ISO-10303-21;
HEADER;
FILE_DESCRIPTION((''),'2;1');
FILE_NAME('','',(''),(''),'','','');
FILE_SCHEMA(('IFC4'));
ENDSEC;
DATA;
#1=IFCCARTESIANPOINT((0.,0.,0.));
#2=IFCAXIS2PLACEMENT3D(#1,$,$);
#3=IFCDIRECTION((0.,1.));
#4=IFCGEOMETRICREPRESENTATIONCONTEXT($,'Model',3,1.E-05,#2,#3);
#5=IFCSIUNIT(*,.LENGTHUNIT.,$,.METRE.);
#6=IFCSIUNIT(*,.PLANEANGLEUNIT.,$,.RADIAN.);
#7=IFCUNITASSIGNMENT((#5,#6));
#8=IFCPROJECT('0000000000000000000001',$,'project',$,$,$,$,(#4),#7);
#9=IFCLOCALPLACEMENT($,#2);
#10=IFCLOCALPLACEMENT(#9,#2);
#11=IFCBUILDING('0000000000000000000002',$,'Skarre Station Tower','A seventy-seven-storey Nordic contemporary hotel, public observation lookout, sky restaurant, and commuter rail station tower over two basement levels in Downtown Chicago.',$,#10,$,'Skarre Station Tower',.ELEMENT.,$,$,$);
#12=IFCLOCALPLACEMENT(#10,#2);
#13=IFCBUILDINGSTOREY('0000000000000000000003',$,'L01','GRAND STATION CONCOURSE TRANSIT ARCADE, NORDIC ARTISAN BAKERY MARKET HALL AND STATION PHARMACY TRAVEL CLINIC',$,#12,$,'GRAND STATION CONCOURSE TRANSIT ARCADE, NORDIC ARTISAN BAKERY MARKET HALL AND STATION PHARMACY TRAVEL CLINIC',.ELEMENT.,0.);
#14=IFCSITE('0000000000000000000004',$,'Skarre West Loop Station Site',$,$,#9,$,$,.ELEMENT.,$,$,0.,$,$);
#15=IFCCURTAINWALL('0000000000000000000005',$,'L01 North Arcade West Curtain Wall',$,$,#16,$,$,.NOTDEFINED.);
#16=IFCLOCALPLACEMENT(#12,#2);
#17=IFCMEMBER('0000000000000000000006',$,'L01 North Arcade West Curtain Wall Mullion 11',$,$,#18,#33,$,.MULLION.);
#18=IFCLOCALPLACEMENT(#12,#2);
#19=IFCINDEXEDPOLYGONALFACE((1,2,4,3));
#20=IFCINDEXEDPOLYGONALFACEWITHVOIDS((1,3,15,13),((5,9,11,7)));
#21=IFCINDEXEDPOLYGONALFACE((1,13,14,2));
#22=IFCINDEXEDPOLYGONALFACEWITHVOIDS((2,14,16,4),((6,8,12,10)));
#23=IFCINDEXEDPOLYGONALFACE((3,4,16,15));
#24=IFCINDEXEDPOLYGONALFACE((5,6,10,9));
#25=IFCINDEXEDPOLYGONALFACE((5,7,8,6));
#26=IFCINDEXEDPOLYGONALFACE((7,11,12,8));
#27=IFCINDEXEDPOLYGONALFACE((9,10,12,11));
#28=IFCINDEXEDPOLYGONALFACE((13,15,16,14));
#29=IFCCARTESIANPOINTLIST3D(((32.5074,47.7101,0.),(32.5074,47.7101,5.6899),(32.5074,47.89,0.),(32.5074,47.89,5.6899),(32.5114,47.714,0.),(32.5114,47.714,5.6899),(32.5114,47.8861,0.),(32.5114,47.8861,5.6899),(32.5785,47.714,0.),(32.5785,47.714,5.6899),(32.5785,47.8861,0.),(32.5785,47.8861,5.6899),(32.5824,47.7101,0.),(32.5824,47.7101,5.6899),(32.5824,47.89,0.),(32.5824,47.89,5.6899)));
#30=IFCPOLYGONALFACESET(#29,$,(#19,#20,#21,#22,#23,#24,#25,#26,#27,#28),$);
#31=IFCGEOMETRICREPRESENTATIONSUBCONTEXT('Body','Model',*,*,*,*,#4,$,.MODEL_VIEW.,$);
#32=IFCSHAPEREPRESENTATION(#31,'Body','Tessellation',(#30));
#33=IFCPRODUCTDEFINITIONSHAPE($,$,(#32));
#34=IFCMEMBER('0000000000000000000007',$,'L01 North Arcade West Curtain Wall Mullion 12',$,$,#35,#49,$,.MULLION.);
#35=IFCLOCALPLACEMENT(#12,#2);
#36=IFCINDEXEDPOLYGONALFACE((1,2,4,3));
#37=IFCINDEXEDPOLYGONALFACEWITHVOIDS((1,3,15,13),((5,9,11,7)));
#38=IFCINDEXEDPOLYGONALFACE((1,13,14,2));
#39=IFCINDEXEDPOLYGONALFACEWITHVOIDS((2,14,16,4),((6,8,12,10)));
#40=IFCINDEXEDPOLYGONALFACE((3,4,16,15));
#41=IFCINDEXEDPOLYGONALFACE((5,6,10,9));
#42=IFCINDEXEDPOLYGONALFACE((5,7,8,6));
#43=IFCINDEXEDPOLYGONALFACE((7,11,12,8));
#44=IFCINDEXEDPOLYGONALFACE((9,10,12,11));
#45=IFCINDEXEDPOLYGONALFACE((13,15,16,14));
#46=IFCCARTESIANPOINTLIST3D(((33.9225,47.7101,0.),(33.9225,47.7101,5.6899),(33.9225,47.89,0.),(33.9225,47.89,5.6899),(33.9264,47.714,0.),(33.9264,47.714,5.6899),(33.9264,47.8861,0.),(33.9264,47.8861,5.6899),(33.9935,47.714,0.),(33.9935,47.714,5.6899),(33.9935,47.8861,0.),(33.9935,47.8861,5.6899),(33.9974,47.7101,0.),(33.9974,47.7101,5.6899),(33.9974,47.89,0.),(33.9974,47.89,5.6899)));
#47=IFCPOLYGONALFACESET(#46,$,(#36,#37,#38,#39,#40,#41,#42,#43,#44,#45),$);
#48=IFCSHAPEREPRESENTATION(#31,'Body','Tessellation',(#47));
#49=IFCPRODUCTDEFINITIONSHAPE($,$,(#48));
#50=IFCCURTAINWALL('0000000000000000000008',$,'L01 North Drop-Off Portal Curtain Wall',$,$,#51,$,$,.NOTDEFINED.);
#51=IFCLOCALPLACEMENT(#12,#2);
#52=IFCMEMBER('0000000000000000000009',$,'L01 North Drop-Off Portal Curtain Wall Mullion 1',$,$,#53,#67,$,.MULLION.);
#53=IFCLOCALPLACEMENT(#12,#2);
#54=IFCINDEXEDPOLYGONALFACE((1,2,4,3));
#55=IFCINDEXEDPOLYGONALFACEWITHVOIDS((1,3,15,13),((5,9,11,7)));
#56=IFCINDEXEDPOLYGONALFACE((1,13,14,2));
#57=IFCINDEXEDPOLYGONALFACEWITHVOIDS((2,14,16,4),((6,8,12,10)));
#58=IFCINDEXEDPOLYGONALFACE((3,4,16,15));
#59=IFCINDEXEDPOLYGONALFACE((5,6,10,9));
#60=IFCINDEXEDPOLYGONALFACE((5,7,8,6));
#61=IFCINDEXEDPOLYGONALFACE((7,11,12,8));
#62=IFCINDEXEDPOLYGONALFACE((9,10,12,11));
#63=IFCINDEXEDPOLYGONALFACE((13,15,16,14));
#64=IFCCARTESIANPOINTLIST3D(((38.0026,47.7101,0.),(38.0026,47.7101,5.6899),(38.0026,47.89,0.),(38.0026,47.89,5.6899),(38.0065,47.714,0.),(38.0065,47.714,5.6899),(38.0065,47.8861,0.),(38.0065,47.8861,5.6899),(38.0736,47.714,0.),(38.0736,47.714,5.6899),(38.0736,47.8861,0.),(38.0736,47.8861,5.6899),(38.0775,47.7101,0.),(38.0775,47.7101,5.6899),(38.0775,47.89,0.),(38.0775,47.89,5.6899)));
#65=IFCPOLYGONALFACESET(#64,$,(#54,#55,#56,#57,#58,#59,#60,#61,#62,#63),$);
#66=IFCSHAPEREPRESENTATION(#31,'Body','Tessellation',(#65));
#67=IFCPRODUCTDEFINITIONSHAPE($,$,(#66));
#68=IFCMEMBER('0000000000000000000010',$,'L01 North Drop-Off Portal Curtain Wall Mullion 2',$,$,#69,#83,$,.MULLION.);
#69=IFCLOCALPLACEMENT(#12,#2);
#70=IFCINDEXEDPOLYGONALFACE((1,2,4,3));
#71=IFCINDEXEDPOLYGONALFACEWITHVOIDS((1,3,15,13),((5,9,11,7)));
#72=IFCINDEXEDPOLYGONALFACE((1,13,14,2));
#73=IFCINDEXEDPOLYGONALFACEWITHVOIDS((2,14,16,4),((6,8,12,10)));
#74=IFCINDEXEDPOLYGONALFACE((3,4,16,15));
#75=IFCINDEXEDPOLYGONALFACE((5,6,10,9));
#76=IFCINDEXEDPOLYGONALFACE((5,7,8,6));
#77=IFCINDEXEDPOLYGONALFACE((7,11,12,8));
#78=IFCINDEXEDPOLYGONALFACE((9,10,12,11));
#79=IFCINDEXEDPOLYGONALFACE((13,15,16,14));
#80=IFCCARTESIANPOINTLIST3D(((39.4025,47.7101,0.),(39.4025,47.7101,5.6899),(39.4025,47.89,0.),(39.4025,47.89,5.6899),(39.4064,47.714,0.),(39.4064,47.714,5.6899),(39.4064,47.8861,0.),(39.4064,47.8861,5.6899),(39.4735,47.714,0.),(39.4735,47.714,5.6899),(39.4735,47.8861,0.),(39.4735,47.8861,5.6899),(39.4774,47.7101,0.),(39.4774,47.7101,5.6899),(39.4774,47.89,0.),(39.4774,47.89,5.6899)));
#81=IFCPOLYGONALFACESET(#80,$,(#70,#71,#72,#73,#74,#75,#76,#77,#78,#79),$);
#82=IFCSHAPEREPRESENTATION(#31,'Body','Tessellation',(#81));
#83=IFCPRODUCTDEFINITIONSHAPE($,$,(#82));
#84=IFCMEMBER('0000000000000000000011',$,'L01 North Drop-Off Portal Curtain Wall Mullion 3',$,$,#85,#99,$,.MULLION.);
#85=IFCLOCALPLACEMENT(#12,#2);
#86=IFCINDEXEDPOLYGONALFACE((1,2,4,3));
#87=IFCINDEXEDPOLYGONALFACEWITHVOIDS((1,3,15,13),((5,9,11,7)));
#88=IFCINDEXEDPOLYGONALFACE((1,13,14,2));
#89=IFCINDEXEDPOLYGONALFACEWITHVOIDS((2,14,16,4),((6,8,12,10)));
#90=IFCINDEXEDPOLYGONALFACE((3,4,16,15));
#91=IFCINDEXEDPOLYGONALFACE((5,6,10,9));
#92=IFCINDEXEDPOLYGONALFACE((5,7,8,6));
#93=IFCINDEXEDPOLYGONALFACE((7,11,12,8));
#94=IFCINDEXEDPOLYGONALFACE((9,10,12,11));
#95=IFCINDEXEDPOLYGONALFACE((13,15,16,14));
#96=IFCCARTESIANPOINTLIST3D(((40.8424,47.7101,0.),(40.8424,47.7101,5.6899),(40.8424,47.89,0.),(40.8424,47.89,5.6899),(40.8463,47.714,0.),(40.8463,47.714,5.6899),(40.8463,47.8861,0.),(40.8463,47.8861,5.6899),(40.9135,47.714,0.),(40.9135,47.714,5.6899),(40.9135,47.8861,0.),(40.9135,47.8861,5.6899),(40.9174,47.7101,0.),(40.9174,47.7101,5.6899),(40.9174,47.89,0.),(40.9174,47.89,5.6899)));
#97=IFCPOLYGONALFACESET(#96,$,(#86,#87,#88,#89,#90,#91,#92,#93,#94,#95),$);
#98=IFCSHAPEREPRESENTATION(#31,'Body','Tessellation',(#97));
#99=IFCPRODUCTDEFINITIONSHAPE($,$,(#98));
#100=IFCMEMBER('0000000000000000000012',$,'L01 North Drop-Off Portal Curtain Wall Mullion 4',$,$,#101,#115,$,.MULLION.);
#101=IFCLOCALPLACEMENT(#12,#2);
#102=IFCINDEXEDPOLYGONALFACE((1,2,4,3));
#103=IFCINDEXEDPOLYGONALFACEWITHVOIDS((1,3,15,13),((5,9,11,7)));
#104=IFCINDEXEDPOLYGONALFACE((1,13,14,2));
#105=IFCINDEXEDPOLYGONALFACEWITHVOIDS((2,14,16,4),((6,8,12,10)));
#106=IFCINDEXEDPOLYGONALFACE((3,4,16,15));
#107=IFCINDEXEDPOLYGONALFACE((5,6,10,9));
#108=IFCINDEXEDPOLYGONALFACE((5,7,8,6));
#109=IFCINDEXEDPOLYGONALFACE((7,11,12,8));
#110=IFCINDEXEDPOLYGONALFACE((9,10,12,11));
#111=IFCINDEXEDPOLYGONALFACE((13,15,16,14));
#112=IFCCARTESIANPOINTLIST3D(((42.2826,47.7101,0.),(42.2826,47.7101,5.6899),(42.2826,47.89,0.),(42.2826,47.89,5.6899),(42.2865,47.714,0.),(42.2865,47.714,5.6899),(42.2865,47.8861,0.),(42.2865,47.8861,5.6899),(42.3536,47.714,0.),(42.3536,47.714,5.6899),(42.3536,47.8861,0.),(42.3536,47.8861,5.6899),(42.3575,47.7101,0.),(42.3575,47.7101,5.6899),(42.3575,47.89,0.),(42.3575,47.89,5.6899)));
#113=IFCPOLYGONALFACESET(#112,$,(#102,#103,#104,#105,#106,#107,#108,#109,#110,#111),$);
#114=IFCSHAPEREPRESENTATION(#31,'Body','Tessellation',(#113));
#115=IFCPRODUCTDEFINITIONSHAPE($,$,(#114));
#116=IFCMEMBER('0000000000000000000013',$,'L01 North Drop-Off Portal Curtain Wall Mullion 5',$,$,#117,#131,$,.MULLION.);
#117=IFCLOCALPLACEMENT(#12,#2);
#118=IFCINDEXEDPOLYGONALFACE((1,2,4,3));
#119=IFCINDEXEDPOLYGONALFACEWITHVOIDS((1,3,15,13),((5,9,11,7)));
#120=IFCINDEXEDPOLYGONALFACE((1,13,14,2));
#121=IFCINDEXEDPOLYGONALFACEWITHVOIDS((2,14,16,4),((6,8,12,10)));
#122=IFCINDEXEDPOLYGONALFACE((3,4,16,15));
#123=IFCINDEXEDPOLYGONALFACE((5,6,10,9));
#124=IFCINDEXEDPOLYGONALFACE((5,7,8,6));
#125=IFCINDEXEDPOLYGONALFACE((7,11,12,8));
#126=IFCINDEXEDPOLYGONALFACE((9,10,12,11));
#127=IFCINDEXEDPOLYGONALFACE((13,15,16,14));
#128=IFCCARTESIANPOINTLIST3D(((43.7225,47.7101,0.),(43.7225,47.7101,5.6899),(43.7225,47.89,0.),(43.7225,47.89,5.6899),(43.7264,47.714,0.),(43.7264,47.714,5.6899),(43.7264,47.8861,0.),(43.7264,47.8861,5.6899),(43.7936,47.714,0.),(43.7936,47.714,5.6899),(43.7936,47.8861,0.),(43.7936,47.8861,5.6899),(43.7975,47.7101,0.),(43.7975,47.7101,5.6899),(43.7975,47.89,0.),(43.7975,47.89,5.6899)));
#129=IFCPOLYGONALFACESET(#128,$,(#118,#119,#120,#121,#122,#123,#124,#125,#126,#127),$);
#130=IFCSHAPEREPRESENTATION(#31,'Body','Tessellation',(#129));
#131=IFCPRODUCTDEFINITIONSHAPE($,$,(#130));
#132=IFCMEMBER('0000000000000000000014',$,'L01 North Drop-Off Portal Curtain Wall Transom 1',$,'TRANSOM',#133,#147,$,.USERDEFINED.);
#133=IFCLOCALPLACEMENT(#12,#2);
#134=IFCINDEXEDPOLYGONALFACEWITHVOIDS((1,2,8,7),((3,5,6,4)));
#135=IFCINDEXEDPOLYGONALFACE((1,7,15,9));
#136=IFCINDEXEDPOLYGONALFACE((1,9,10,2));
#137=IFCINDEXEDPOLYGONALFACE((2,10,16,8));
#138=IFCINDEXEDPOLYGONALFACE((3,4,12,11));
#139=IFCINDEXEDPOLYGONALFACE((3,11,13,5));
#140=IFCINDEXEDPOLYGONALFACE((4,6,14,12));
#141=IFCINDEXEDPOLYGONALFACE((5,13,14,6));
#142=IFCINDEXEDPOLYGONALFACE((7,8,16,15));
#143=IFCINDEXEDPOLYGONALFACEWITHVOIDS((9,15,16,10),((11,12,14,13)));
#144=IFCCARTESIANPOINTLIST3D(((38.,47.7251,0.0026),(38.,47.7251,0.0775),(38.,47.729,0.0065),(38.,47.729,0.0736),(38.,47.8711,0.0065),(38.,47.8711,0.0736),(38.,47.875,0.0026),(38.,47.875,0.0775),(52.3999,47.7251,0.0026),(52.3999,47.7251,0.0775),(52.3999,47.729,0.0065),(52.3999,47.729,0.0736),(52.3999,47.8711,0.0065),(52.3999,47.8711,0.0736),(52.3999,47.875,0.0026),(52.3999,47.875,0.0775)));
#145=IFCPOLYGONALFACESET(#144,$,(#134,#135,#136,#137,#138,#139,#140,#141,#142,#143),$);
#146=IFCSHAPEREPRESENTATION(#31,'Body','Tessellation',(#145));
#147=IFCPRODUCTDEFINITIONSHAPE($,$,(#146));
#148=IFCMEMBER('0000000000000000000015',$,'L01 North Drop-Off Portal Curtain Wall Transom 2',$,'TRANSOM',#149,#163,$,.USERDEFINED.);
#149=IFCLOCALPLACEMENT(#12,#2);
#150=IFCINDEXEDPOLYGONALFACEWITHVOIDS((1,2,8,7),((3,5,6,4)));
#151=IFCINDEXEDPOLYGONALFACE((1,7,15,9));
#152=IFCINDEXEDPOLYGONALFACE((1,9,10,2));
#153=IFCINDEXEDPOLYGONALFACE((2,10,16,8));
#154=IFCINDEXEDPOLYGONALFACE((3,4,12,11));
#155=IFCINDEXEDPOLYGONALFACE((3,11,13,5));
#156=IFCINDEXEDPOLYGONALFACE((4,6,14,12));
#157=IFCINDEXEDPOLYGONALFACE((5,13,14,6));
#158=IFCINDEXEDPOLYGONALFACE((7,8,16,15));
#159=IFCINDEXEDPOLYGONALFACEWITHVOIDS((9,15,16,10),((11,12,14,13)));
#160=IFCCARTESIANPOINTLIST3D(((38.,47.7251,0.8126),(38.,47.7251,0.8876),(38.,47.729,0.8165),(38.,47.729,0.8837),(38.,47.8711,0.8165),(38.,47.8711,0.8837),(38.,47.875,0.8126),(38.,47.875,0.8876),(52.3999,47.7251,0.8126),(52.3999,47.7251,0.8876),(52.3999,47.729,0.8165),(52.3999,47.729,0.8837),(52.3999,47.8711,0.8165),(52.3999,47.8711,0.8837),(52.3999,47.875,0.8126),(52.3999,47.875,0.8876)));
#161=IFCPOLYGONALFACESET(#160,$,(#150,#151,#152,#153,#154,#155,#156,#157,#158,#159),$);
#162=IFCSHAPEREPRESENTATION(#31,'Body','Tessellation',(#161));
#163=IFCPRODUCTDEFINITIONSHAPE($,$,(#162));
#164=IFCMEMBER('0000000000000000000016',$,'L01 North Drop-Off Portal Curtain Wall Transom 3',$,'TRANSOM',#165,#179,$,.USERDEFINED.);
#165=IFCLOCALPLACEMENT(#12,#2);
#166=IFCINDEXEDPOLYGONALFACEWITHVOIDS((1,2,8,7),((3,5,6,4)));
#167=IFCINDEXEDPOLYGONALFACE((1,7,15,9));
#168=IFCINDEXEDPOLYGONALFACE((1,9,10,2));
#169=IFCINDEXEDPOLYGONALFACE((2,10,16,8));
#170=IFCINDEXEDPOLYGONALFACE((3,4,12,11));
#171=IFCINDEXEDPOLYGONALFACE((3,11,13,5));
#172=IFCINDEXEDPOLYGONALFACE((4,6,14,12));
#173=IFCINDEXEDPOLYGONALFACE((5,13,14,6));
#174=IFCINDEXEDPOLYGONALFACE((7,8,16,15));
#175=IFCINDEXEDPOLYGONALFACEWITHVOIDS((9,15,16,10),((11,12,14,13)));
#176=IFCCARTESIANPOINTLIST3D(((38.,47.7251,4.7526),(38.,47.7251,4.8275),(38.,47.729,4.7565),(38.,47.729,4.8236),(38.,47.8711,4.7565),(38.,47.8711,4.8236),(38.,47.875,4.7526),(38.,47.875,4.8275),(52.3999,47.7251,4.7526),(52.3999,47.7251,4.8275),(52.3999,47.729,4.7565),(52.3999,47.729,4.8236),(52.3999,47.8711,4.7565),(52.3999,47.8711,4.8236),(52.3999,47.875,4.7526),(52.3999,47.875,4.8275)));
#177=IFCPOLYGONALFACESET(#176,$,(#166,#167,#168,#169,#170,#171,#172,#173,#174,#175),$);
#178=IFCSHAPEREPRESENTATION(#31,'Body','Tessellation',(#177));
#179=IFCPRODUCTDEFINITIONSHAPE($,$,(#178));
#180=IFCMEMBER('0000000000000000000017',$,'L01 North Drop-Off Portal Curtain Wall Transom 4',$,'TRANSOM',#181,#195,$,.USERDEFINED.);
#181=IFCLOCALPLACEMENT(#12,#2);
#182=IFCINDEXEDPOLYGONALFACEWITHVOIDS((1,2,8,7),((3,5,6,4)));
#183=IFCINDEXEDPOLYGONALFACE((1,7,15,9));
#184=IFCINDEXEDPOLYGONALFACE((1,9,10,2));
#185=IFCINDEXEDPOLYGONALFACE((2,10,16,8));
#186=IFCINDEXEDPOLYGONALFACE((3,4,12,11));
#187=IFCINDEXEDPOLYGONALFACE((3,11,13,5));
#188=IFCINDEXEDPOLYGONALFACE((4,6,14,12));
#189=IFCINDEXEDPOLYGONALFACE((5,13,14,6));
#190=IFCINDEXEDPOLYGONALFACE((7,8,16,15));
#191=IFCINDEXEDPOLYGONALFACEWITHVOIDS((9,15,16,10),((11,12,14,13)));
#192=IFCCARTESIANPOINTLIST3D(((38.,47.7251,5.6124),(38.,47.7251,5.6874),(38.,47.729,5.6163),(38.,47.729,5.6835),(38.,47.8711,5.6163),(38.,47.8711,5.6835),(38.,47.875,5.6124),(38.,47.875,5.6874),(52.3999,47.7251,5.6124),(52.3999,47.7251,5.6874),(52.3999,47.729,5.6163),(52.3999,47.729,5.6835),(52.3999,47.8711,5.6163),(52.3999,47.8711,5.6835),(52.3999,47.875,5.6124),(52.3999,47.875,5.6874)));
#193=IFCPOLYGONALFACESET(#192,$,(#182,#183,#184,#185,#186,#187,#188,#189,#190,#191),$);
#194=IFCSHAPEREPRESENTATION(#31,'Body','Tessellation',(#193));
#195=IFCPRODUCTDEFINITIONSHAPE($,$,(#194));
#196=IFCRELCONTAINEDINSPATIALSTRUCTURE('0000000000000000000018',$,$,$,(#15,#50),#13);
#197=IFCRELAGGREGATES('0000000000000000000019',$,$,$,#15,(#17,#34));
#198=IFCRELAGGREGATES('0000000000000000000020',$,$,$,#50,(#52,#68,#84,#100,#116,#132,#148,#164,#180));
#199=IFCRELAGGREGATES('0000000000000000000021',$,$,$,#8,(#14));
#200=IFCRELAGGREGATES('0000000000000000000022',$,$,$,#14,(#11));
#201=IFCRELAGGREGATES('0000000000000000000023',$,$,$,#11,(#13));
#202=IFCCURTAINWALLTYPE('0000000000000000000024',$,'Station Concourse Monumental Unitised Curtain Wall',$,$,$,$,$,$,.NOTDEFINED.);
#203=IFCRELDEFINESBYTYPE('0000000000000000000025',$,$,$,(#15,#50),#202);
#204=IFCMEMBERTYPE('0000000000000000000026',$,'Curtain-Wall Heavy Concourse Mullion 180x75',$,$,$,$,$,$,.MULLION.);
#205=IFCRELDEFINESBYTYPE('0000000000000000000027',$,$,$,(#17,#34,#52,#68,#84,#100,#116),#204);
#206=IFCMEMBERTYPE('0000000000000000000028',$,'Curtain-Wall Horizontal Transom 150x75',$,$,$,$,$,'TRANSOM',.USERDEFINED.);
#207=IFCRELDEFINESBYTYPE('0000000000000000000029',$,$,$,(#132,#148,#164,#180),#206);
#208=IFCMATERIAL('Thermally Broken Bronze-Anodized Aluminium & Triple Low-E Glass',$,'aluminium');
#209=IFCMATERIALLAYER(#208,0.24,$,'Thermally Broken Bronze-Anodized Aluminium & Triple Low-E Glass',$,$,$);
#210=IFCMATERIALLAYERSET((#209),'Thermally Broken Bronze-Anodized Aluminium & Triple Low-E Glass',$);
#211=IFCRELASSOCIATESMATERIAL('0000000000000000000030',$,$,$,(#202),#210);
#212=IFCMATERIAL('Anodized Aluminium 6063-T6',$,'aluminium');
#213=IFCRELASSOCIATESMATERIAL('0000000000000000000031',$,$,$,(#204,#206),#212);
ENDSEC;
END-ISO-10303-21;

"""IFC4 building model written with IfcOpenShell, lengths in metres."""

from ifc_helpers import new_model, si_unit, direction, frame, origin, origin_2d, place, context, subcontext, project, spatial, hollow_rectangle, extrude, material, layer, layer_set, material_profile, profile_set, type_object, element, aggregate, save


model = new_model("IFC4")

# Units and contexts
model_context = context("Model", 3, precision=1e-05, world=origin(), true_north=direction((0.0, 1.0)))
body_context = subcontext(model_context, "Body", "Model", "MODEL_VIEW")
ifc_project = project(units=[si_unit("LENGTHUNIT", "METRE"), si_unit("PLANEANGLEUNIT", "RADIAN")], contexts=[model_context])

# Site, building, storey
site_placement = place(None, origin())
site = spatial("IfcSite", under=ifc_project, at=site_placement, Name="Skarre West Loop Station Site", CompositionType="ELEMENT", RefElevation=0.0)
building_placement = place(site_placement, origin())
building = spatial("IfcBuilding", under=site, at=building_placement, Name="Skarre Station Tower", Description="A seventy-seven-storey Nordic contemporary hotel, public observation lookout, sky restaurant, and commuter rail station tower over two basement levels in Downtown Chicago.", LongName="Skarre Station Tower", CompositionType="ELEMENT")
storey_placement = place(building_placement, origin())
storey = spatial("IfcBuildingStorey", under=building, at=storey_placement, Name="L01", Description="GRAND STATION CONCOURSE TRANSIT ARCADE, NORDIC ARTISAN BAKERY MARKET HALL AND STATION PHARMACY TRAVEL CLINIC", LongName="GRAND STATION CONCOURSE TRANSIT ARCADE, NORDIC ARTISAN BAKERY MARKET HALL AND STATION PHARMACY TRAVEL CLINIC", CompositionType="ELEMENT", Elevation=0.0)

# Curtain walls, members
ifc_material_1 = material(Name="Thermally Broken Bronze-Anodized Aluminium & Triple Low-E Glass", Category="aluminium")
ifc_layer_1 = layer(ifc_material_1, 0.24, Name="Thermally Broken Bronze-Anodized Aluminium & Triple Low-E Glass")
ifc_layer_set_1 = layer_set([ifc_layer_1], Name="Thermally Broken Bronze-Anodized Aluminium & Triple Low-E Glass")
curtain_wall_type = type_object("IfcCurtainWallType", Name="Station Concourse Monumental Unitised Curtain Wall", PredefinedType="NOTDEFINED", material=ifc_layer_set_1)
curtain_wall_1_placement = place(storey_placement, origin())
curtain_wall_1 = element("IfcCurtainWall", 1, at=curtain_wall_1_placement, inside=storey, type_object=curtain_wall_type, Name="L01 North Arcade West Curtain Wall", PredefinedType="NOTDEFINED")
ifc_material_2 = material(Name="Anodized Aluminium 6063-T6", Category="aluminium")
ifc_material_profile_1 = material_profile(ifc_material_2, hollow_rectangle(XDim=0.075, YDim=0.1799, WallThickness=0.0039, at=origin_2d()), Name="Anodized Aluminium 6063-T6")
ifc_profile_set_1 = profile_set([ifc_material_profile_1], Name="Anodized Aluminium 6063-T6")
member_type_1 = type_object("IfcMemberType", Name="Curtain-Wall Heavy Concourse Mullion 180x75", PredefinedType="MULLION", material=ifc_profile_set_1)
member_1_placement = place(storey_placement, frame((32.5449, 47.8, 0.0), z_axis=(0.0, 0.0, 1.0), x_axis=(1.0, 0.0, 0.0)))
member_1 = element("IfcMember", 2, at=member_1_placement, type_object=member_type_1, Name="L01 North Arcade West Curtain Wall Mullion 11", PredefinedType="MULLION", context=body_context, shape_type="SweptSolid", body=[
    extrude(hollow_rectangle(XDim=0.075, YDim=0.1799, WallThickness=0.0039, at=origin_2d()), origin(), (0.0, 0.0, 1.0), 5.6899),
])
member_2_placement = place(storey_placement, frame((33.96, 47.8, 0.0), z_axis=(0.0, 0.0, 1.0), x_axis=(1.0, 0.0, 0.0)))
member_2 = element("IfcMember", 3, at=member_2_placement, type_object=member_type_1, Name="L01 North Arcade West Curtain Wall Mullion 12", PredefinedType="MULLION", context=body_context, shape_type="SweptSolid", body=[
    extrude(hollow_rectangle(XDim=0.075, YDim=0.1799, WallThickness=0.0039, at=origin_2d()), origin(), (0.0, 0.0, 1.0), 5.6899),
])
curtain_wall_2_placement = place(storey_placement, origin())
curtain_wall_2 = element("IfcCurtainWall", 4, at=curtain_wall_2_placement, inside=storey, type_object=curtain_wall_type, Name="L01 North Drop-Off Portal Curtain Wall", PredefinedType="NOTDEFINED")
member_3_placement = place(storey_placement, frame((38.04, 47.8, 0.0), z_axis=(0.0, 0.0, 1.0), x_axis=(1.0, 0.0, 0.0)))
member_3 = element("IfcMember", 5, at=member_3_placement, type_object=member_type_1, Name="L01 North Drop-Off Portal Curtain Wall Mullion 1", PredefinedType="MULLION", context=body_context, shape_type="SweptSolid", body=[
    extrude(hollow_rectangle(XDim=0.075, YDim=0.1799, WallThickness=0.0039, at=origin_2d()), origin(), (0.0, 0.0, 1.0), 5.6899),
])
member_4_placement = place(storey_placement, frame((39.4399, 47.8, 0.0), z_axis=(0.0, 0.0, 1.0), x_axis=(1.0, 0.0, 0.0)))
member_4 = element("IfcMember", 6, at=member_4_placement, type_object=member_type_1, Name="L01 North Drop-Off Portal Curtain Wall Mullion 2", PredefinedType="MULLION", context=body_context, shape_type="SweptSolid", body=[
    extrude(hollow_rectangle(XDim=0.075, YDim=0.1799, WallThickness=0.0039, at=origin_2d()), origin(), (0.0, 0.0, 1.0), 5.6899),
])
member_5_placement = place(storey_placement, frame((40.8799, 47.8, 0.0), z_axis=(0.0, 0.0, 1.0), x_axis=(1.0, 0.0, 0.0)))
member_5 = element("IfcMember", 7, at=member_5_placement, type_object=member_type_1, Name="L01 North Drop-Off Portal Curtain Wall Mullion 3", PredefinedType="MULLION", context=body_context, shape_type="SweptSolid", body=[
    extrude(hollow_rectangle(XDim=0.075, YDim=0.1799, WallThickness=0.0039, at=origin_2d()), origin(), (0.0, 0.0, 1.0), 5.6899),
])
member_6_placement = place(storey_placement, frame((42.3201, 47.8, 0.0), z_axis=(0.0, 0.0, 1.0), x_axis=(1.0, 0.0, 0.0)))
member_6 = element("IfcMember", 8, at=member_6_placement, type_object=member_type_1, Name="L01 North Drop-Off Portal Curtain Wall Mullion 4", PredefinedType="MULLION", context=body_context, shape_type="SweptSolid", body=[
    extrude(hollow_rectangle(XDim=0.075, YDim=0.1799, WallThickness=0.0039, at=origin_2d()), origin(), (0.0, 0.0, 1.0), 5.6899),
])
member_7_placement = place(storey_placement, frame((43.76, 47.8, 0.0), z_axis=(0.0, 0.0, 1.0), x_axis=(1.0, 0.0, 0.0)))
member_7 = element("IfcMember", 9, at=member_7_placement, type_object=member_type_1, Name="L01 North Drop-Off Portal Curtain Wall Mullion 5", PredefinedType="MULLION", context=body_context, shape_type="SweptSolid", body=[
    extrude(hollow_rectangle(XDim=0.075, YDim=0.1799, WallThickness=0.0039, at=origin_2d()), origin(), (0.0, 0.0, 1.0), 5.6899),
])
ifc_material_profile_2 = material_profile(ifc_material_2, hollow_rectangle(XDim=0.075, YDim=0.1499, WallThickness=0.0039, at=origin_2d()), Name="Anodized Aluminium 6063-T6")
ifc_profile_set_2 = profile_set([ifc_material_profile_2], Name="Anodized Aluminium 6063-T6")
member_type_2 = type_object("IfcMemberType", Name="Curtain-Wall Horizontal Transom 150x75", ElementType="TRANSOM", PredefinedType="USERDEFINED", material=ifc_profile_set_2)
member_8_placement = place(storey_placement, frame((38.0, 47.8, 0.04), z_axis=(1.0, 0.0, 0.0), x_axis=(0.0, 0.0, 1.0)))
member_8 = element("IfcMember", 10, at=member_8_placement, type_object=member_type_2, Name="L01 North Drop-Off Portal Curtain Wall Transom 1", ObjectType="TRANSOM", PredefinedType="USERDEFINED", context=body_context, shape_type="SweptSolid", body=[
    extrude(hollow_rectangle(XDim=0.075, YDim=0.1499, WallThickness=0.0039, at=origin_2d()), origin(), (0.0, 0.0, 1.0), 14.3999),
])
member_9_placement = place(storey_placement, frame((38.0, 47.8, 0.8501), z_axis=(1.0, 0.0, 0.0), x_axis=(0.0, 0.0, 1.0)))
member_9 = element("IfcMember", 11, at=member_9_placement, type_object=member_type_2, Name="L01 North Drop-Off Portal Curtain Wall Transom 2", ObjectType="TRANSOM", PredefinedType="USERDEFINED", context=body_context, shape_type="SweptSolid", body=[
    extrude(hollow_rectangle(XDim=0.075, YDim=0.1499, WallThickness=0.0039, at=origin_2d()), origin(), (0.0, 0.0, 1.0), 14.3999),
])
member_10_placement = place(storey_placement, frame((38.0, 47.8, 4.79), z_axis=(1.0, 0.0, 0.0), x_axis=(0.0, 0.0, 1.0)))
member_10 = element("IfcMember", 12, at=member_10_placement, type_object=member_type_2, Name="L01 North Drop-Off Portal Curtain Wall Transom 3", ObjectType="TRANSOM", PredefinedType="USERDEFINED", context=body_context, shape_type="SweptSolid", body=[
    extrude(hollow_rectangle(XDim=0.075, YDim=0.1499, WallThickness=0.0039, at=origin_2d()), origin(), (0.0, 0.0, 1.0), 14.3999),
])
member_11_placement = place(storey_placement, frame((38.0, 47.8, 5.6499), z_axis=(1.0, 0.0, 0.0), x_axis=(0.0, 0.0, 1.0)))
member_11 = element("IfcMember", 13, at=member_11_placement, type_object=member_type_2, Name="L01 North Drop-Off Portal Curtain Wall Transom 4", ObjectType="TRANSOM", PredefinedType="USERDEFINED", context=body_context, shape_type="SweptSolid", body=[
    extrude(hollow_rectangle(XDim=0.075, YDim=0.1499, WallThickness=0.0039, at=origin_2d()), origin(), (0.0, 0.0, 1.0), 14.3999),
])

aggregate(curtain_wall_1, [member_1, member_2])
aggregate(curtain_wall_2, [member_3, member_4, member_5, member_6, member_7, member_8, member_9, member_10, member_11])

save(model, "model.ifc")
